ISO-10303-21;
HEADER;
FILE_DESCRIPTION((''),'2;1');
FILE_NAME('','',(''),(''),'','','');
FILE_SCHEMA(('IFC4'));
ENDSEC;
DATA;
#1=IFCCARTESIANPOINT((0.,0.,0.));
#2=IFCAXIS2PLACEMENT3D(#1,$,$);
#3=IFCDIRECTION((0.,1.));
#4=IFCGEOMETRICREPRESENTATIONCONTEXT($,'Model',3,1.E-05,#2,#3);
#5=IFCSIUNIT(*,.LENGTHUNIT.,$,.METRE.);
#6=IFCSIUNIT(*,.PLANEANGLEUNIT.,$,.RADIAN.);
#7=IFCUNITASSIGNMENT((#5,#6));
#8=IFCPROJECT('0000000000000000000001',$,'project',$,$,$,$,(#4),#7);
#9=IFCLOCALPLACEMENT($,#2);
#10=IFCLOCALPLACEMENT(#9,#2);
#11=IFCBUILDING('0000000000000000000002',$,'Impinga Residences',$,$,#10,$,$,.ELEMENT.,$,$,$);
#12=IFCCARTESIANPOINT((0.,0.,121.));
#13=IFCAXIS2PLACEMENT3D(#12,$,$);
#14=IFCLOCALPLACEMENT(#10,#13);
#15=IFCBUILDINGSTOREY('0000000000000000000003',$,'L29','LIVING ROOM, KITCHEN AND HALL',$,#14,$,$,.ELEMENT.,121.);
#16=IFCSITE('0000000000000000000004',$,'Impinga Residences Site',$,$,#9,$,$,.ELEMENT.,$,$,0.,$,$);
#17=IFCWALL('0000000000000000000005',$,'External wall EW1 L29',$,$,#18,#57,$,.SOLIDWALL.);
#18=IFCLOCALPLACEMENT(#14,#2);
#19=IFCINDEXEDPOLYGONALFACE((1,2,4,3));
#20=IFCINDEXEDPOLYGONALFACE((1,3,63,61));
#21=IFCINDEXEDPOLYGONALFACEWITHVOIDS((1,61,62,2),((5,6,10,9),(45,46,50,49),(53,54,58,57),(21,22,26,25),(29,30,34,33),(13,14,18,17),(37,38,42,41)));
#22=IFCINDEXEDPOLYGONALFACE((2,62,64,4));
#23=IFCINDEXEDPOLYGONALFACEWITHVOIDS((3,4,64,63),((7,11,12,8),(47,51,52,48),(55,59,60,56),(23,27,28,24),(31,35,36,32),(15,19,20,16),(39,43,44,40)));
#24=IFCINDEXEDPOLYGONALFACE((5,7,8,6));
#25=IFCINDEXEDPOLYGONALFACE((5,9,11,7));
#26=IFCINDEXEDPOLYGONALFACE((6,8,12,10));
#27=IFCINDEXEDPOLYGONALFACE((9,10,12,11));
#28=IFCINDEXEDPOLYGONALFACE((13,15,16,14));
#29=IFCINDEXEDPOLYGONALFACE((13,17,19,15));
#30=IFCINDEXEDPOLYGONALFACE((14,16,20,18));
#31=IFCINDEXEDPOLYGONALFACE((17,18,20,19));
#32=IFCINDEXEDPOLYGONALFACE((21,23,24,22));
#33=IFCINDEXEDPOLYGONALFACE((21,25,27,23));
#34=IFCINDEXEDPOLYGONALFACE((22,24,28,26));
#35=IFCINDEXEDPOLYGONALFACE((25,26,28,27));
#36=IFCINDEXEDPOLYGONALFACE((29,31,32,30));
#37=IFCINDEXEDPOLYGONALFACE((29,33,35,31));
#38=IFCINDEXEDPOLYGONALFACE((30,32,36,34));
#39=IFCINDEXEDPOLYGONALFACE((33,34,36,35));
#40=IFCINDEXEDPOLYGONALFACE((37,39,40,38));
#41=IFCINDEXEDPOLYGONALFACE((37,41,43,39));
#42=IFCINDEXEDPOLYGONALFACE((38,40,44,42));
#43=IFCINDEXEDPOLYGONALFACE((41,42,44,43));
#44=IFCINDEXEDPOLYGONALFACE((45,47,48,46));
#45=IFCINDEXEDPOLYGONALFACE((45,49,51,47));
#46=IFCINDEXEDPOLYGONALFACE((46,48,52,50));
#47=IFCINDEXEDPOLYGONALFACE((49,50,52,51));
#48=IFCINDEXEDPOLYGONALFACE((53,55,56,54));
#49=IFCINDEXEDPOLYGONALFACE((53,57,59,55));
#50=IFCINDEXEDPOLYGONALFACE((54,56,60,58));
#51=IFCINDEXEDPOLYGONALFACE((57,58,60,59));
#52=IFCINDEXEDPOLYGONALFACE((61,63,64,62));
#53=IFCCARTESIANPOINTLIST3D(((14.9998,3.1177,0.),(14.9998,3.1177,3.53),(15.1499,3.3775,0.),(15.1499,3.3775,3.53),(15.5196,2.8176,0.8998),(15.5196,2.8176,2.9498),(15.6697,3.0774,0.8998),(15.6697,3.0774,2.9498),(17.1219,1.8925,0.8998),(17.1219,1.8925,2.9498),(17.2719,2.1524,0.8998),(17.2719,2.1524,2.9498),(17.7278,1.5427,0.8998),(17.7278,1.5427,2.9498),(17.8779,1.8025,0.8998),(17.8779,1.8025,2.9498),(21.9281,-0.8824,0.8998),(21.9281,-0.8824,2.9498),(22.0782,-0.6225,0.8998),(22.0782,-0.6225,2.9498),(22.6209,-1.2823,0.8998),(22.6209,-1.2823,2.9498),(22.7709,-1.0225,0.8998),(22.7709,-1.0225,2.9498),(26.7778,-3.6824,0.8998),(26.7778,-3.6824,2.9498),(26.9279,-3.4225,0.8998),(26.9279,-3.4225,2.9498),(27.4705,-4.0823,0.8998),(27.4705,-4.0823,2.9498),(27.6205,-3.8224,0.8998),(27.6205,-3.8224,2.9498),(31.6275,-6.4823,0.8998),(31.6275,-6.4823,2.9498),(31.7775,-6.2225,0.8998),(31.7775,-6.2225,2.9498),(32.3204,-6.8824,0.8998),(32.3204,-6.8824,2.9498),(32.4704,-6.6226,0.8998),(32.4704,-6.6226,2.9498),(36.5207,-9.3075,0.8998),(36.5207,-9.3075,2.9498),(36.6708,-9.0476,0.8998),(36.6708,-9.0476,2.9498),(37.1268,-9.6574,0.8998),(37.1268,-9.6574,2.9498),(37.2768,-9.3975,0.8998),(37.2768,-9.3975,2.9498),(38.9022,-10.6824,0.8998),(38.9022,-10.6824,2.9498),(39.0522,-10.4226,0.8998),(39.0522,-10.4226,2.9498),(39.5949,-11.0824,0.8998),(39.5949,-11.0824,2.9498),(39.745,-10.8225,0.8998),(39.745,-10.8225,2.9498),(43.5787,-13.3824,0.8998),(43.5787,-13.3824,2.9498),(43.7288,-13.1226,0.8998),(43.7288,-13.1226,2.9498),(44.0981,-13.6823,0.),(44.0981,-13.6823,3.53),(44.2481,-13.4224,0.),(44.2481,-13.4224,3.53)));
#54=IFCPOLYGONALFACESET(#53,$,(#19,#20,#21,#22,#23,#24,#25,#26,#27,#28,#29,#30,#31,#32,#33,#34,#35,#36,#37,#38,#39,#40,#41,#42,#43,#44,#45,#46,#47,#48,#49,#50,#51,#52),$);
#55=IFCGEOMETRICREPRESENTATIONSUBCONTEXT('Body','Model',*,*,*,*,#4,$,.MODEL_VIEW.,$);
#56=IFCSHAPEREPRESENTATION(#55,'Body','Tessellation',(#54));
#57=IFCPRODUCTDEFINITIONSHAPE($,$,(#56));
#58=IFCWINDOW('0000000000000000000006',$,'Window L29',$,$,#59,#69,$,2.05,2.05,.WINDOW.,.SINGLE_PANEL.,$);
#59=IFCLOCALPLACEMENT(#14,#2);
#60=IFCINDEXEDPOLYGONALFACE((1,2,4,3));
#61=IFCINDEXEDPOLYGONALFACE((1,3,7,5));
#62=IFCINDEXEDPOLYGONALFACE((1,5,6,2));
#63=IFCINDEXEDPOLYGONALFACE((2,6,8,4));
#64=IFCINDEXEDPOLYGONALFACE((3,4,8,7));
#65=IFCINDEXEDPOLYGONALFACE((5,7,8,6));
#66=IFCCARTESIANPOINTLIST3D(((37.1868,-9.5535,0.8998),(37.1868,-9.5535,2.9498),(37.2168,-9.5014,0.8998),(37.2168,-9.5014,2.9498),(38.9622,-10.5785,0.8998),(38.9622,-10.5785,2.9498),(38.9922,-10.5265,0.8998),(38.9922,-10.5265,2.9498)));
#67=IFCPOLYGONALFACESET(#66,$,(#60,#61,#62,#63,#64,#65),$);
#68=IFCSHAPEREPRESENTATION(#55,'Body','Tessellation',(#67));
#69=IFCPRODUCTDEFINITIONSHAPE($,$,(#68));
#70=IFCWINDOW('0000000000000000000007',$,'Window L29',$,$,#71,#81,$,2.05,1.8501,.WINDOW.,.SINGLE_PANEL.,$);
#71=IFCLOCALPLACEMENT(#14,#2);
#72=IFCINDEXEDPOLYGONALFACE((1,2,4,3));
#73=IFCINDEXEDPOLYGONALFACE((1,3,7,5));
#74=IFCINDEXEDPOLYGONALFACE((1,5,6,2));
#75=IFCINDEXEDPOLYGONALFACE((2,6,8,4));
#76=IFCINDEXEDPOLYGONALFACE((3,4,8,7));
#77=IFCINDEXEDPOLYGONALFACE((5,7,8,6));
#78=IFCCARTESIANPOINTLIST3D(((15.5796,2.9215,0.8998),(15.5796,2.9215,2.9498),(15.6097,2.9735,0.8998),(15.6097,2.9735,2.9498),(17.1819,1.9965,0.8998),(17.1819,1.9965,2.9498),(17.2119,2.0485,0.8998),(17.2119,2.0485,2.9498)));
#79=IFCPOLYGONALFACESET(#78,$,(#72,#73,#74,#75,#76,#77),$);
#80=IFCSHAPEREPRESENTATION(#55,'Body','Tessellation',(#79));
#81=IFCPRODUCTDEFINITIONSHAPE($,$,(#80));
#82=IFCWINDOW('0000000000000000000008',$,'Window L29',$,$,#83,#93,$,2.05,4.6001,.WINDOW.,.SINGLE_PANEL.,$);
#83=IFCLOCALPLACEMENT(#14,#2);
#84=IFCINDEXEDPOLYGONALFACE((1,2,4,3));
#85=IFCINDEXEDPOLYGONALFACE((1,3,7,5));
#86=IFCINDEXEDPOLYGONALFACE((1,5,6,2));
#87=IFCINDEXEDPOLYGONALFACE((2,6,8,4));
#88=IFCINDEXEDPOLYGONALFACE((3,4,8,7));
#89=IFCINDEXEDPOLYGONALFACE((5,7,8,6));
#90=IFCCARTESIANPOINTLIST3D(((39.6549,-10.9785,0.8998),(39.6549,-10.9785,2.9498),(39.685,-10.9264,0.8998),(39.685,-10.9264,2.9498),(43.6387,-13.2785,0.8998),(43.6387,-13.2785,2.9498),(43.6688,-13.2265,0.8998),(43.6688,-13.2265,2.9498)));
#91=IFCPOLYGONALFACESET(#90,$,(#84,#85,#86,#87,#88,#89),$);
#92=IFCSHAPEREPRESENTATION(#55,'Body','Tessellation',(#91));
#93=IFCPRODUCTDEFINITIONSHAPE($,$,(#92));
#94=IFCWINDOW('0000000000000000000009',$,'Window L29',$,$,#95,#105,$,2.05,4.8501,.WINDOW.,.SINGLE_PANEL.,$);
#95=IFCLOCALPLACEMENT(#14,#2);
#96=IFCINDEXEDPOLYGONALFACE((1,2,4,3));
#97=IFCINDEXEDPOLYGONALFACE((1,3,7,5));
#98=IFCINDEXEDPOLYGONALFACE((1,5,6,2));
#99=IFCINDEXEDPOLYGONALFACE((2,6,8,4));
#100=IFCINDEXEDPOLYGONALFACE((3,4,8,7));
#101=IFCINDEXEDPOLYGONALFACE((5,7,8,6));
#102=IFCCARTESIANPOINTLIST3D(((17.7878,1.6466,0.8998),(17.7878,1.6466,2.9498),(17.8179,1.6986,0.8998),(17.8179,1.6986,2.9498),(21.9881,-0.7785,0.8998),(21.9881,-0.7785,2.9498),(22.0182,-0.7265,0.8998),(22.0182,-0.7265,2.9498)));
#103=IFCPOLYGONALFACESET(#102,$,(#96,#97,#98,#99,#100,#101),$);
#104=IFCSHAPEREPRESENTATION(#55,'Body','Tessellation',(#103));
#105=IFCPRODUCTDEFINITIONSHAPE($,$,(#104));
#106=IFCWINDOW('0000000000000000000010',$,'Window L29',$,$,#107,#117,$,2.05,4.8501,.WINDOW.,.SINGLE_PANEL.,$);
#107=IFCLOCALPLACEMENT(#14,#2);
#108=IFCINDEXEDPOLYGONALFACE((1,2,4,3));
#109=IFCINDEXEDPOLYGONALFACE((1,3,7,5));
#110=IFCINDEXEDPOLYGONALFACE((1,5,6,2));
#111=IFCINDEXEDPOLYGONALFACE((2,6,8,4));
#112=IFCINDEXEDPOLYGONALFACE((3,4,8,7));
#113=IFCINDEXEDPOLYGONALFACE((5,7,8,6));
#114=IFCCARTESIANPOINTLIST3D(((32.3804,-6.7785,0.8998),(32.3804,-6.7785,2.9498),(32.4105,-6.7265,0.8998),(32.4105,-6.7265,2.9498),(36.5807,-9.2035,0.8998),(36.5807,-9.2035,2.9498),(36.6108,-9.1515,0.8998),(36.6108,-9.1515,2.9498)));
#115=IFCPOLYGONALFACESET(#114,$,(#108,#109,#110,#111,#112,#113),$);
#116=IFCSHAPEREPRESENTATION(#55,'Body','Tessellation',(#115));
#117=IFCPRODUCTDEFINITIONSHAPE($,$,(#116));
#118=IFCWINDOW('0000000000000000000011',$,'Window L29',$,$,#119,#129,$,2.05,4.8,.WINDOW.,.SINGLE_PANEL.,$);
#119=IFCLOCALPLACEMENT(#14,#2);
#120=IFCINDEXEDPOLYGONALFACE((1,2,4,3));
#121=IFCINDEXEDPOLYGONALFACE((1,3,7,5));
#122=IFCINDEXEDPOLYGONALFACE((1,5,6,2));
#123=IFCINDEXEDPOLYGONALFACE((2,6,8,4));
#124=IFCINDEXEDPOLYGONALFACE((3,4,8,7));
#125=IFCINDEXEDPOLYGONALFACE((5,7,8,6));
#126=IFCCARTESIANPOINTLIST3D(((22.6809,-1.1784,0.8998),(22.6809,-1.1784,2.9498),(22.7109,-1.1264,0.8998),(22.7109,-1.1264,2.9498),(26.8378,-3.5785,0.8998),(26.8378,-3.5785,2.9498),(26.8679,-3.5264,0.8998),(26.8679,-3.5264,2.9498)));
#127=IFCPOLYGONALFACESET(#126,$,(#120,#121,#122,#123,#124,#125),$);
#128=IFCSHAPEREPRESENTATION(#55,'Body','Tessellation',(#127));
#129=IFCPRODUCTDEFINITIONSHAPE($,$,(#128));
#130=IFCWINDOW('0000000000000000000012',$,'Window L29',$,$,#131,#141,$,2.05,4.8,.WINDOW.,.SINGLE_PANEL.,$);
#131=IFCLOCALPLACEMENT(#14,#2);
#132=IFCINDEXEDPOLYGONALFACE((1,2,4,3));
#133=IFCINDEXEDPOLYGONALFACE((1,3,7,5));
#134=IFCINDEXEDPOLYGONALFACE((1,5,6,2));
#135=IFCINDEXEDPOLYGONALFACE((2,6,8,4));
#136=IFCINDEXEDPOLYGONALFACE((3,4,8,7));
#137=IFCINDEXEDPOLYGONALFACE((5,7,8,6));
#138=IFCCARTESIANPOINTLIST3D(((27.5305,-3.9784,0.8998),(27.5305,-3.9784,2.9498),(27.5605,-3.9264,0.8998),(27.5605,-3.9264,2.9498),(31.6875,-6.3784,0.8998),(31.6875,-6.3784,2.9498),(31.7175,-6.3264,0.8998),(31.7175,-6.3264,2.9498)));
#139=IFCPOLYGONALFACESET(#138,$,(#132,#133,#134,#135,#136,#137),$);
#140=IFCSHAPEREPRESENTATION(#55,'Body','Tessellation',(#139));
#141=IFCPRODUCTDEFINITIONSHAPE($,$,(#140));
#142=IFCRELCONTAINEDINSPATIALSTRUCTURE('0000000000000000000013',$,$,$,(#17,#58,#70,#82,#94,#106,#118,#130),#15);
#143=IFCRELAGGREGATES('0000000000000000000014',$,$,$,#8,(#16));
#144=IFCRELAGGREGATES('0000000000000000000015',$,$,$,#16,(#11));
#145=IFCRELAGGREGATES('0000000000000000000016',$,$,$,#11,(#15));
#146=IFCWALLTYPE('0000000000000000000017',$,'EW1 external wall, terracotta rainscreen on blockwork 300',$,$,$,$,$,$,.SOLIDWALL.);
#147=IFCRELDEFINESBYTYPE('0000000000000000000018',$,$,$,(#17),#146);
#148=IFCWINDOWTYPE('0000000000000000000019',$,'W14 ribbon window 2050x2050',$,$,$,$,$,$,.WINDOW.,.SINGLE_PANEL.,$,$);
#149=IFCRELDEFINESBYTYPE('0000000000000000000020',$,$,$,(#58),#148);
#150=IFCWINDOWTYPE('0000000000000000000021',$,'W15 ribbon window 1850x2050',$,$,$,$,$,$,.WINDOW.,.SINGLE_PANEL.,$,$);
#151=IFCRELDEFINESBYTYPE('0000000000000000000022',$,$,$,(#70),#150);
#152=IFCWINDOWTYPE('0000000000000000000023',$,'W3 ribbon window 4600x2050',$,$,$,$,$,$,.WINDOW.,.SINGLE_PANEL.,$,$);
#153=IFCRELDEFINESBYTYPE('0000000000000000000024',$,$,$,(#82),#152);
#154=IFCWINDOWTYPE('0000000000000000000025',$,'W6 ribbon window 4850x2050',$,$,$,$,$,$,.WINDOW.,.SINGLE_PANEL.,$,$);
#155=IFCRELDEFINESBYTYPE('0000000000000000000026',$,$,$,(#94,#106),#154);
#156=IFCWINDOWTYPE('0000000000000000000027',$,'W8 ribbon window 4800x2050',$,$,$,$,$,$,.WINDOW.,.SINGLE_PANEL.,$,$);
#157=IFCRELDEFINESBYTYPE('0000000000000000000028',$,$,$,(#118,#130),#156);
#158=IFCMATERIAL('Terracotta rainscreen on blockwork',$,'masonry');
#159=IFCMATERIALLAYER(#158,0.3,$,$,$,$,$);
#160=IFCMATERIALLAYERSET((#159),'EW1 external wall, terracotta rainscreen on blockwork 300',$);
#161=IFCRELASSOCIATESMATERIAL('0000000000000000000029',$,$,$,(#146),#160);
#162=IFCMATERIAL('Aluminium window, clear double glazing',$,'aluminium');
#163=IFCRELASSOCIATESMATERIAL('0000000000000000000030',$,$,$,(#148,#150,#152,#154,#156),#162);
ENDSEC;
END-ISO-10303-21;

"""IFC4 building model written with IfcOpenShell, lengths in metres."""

from ifc_helpers import new_model, si_unit, direction, frame, frame_2d, origin, place, context, subcontext, project, spatial, rectangle, extrude, material, layer, layer_set, type_object, element, fill, save


model = new_model("IFC4")

# Units and contexts
model_context = context("Model", 3, precision=1e-05, world=origin(), true_north=direction((0.0, 1.0)))
body_context = subcontext(model_context, "Body", "Model", "MODEL_VIEW")
ifc_project = project(units=[si_unit("LENGTHUNIT", "METRE"), si_unit("PLANEANGLEUNIT", "RADIAN")], contexts=[model_context])

# Site, building, storey
site_placement = place(None, origin())
site = spatial("IfcSite", under=ifc_project, at=site_placement, Name="Impinga Residences Site", CompositionType="ELEMENT", RefElevation=0.0)
building_placement = place(site_placement, origin())
building = spatial("IfcBuilding", under=site, at=building_placement, Name="Impinga Residences", CompositionType="ELEMENT")
storey_placement = place(building_placement, frame((0.0, 0.0, 121.0)))
storey = spatial("IfcBuildingStorey", under=building, at=storey_placement, Name="L29", Description="LIVING ROOM, KITCHEN AND HALL", CompositionType="ELEMENT", Elevation=121.0)

# Shared definitions
ifc_material_1 = material(Name="Terracotta rainscreen on blockwork", Category="masonry")
ifc_layer_1 = layer(ifc_material_1, 0.3)
ifc_layer_set_1 = layer_set([ifc_layer_1], Name="EW1 external wall, terracotta rainscreen on blockwork 300")
wall_type_1 = type_object("IfcWallType", Name="EW1 external wall, terracotta rainscreen on blockwork 300", PredefinedType="SOLIDWALL", material=ifc_layer_set_1)

# Wall, openings, windows
wall_1_placement = place(storey_placement, frame((15.075, 3.2476, 0.0), z_axis=(0.0, 0.0, 1.0), x_axis=(0.866024, -0.500002, 0.0)))
wall_1 = element("IfcWall", 1, at=wall_1_placement, inside=storey, type_object=wall_type_1, Name="External wall EW1 L29", PredefinedType="SOLIDWALL", context=body_context, shape_type="SweptSolid", body=[
    extrude(rectangle(XDim=33.5999, YDim=0.3, at=frame_2d((16.7998, 0.0))), origin(), (0.0, 0.0, 1.0), 3.53),
])
opening_1_placement = place(wall_1_placement, frame((0.6001, 0.0, 0.8999)))
opening_1 = element("IfcOpeningElement", 2, at=opening_1_placement, cuts=wall_1, PredefinedType="OPENING", context=body_context, shape_type="SweptSolid", body=[
    extrude(rectangle(XDim=1.8501, YDim=2.05, at=frame_2d((0.925, 1.0249))), frame((0.0, 0.1599, 0.0), z_axis=(0.0, -1.0, 0.0), x_axis=(1.0, 0.0, 0.0)), (0.0, 0.0, 1.0), 0.3201),
])
opening_2_placement = place(wall_1_placement, frame((3.1499, 0.0, 0.8999)))
opening_2 = element("IfcOpeningElement", 3, at=opening_2_placement, cuts=wall_1, PredefinedType="OPENING", context=body_context, shape_type="SweptSolid", body=[
    extrude(rectangle(XDim=4.8501, YDim=2.05, at=frame_2d((2.425, 1.0249))), frame((0.0, 0.1599, 0.0), z_axis=(0.0, -1.0, 0.0), x_axis=(1.0, 0.0, 0.0)), (0.0, 0.0, 1.0), 0.3201),
])
opening_3_placement = place(wall_1_placement, frame((8.8, 0.0, 0.8999)))
opening_3 = element("IfcOpeningElement", 4, at=opening_3_placement, cuts=wall_1, PredefinedType="OPENING", context=body_context, shape_type="SweptSolid", body=[
    extrude(rectangle(XDim=4.8, YDim=2.05, at=frame_2d((2.3999, 1.0249))), frame((0.0, 0.1599, 0.0), z_axis=(0.0, -1.0, 0.0), x_axis=(1.0, 0.0, 0.0)), (0.0, 0.0, 1.0), 0.3201),
])
opening_4_placement = place(wall_1_placement, frame((14.3999, 0.0, 0.8999)))
opening_4 = element("IfcOpeningElement", 5, at=opening_4_placement, cuts=wall_1, PredefinedType="OPENING", context=body_context, shape_type="SweptSolid", body=[
    extrude(rectangle(XDim=4.8, YDim=2.05, at=frame_2d((2.3999, 1.0249))), frame((0.0, 0.1599, 0.0), z_axis=(0.0, -1.0, 0.0), x_axis=(1.0, 0.0, 0.0)), (0.0, 0.0, 1.0), 0.3201),
])
opening_5_placement = place(wall_1_placement, frame((20.0, 0.0, 0.8999)))
opening_5 = element("IfcOpeningElement", 6, at=opening_5_placement, cuts=wall_1, PredefinedType="OPENING", context=body_context, shape_type="SweptSolid", body=[
    extrude(rectangle(XDim=4.8501, YDim=2.05, at=frame_2d((2.425, 1.0249))), frame((0.0, 0.1599, 0.0), z_axis=(0.0, -1.0, 0.0), x_axis=(1.0, 0.0, 0.0)), (0.0, 0.0, 1.0), 0.3201),
])
opening_6_placement = place(wall_1_placement, frame((25.55, 0.0, 0.8999)))
opening_6 = element("IfcOpeningElement", 7, at=opening_6_placement, cuts=wall_1, PredefinedType="OPENING", context=body_context, shape_type="SweptSolid", body=[
    extrude(rectangle(XDim=2.05, YDim=2.05, at=frame_2d((1.0249, 1.0249))), frame((0.0, 0.1599, 0.0), z_axis=(0.0, -1.0, 0.0), x_axis=(1.0, 0.0, 0.0)), (0.0, 0.0, 1.0), 0.3201),
])
opening_7_placement = place(wall_1_placement, frame((28.3999, 0.0, 0.8999)))
opening_7 = element("IfcOpeningElement", 8, at=opening_7_placement, cuts=wall_1, PredefinedType="OPENING", context=body_context, shape_type="SweptSolid", body=[
    extrude(rectangle(XDim=4.6001, YDim=2.05, at=frame_2d((2.3, 1.0249))), frame((0.0, 0.1599, 0.0), z_axis=(0.0, -1.0, 0.0), x_axis=(1.0, 0.0, 0.0)), (0.0, 0.0, 1.0), 0.3201),
])
ifc_material_2 = material(Name="Aluminium window, clear double glazing", Category="aluminium")
window_type_1 = type_object("IfcWindowType", Name="W14 ribbon window 2050x2050", PartitioningType="SINGLE_PANEL", PredefinedType="WINDOW", material=ifc_material_2)
window_1_placement = place(opening_6_placement, origin())
window_1 = element("IfcWindow", 9, at=window_1_placement, inside=storey, type_object=window_type_1, Name="Window L29", OverallHeight=2.05, OverallWidth=2.05, PartitioningType="SINGLE_PANEL", PredefinedType="WINDOW", context=body_context, shape_type="SweptSolid", body=[
    extrude(rectangle(XDim=2.05, YDim=2.05, at=frame_2d((1.0249, 1.0249))), frame((0.0, 0.03, 0.0), z_axis=(0.0, -1.0, 0.0), x_axis=(1.0, 0.0, 0.0)), (0.0, 0.0, 1.0), 0.0601),
])
fill(opening_6, window_1)
window_type_2 = type_object("IfcWindowType", Name="W15 ribbon window 1850x2050", PartitioningType="SINGLE_PANEL", PredefinedType="WINDOW", material=ifc_material_2)
window_2_placement = place(opening_1_placement, origin())
window_2 = element("IfcWindow", 10, at=window_2_placement, inside=storey, type_object=window_type_2, Name="Window L29", OverallHeight=2.05, OverallWidth=1.8501, PartitioningType="SINGLE_PANEL", PredefinedType="WINDOW", context=body_context, shape_type="SweptSolid", body=[
    extrude(rectangle(XDim=1.8501, YDim=2.05, at=frame_2d((0.925, 1.0249))), frame((0.0, 0.03, 0.0), z_axis=(0.0, -1.0, 0.0), x_axis=(1.0, 0.0, 0.0)), (0.0, 0.0, 1.0), 0.0601),
])
fill(opening_1, window_2)
window_type_3 = type_object("IfcWindowType", Name="W3 ribbon window 4600x2050", PartitioningType="SINGLE_PANEL", PredefinedType="WINDOW", material=ifc_material_2)
window_3_placement = place(opening_7_placement, origin())
window_3 = element("IfcWindow", 11, at=window_3_placement, inside=storey, type_object=window_type_3, Name="Window L29", OverallHeight=2.05, OverallWidth=4.6001, PartitioningType="SINGLE_PANEL", PredefinedType="WINDOW", context=body_context, shape_type="SweptSolid", body=[
    extrude(rectangle(XDim=4.6001, YDim=2.05, at=frame_2d((2.3, 1.0249))), frame((0.0, 0.03, 0.0), z_axis=(0.0, -1.0, 0.0), x_axis=(1.0, 0.0, 0.0)), (0.0, 0.0, 1.0), 0.0601),
])
fill(opening_7, window_3)
window_type_4 = type_object("IfcWindowType", Name="W6 ribbon window 4850x2050", PartitioningType="SINGLE_PANEL", PredefinedType="WINDOW", material=ifc_material_2)
window_4_placement = place(opening_2_placement, origin())
window_4 = element("IfcWindow", 12, at=window_4_placement, inside=storey, type_object=window_type_4, Name="Window L29", OverallHeight=2.05, OverallWidth=4.8501, PartitioningType="SINGLE_PANEL", PredefinedType="WINDOW", context=body_context, shape_type="SweptSolid", body=[
    extrude(rectangle(XDim=4.8501, YDim=2.05, at=frame_2d((2.425, 1.0249))), frame((0.0, 0.03, 0.0), z_axis=(0.0, -1.0, 0.0), x_axis=(1.0, 0.0, 0.0)), (0.0, 0.0, 1.0), 0.0601),
])
fill(opening_2, window_4)
window_5_placement = place(opening_5_placement, origin())
window_5 = element("IfcWindow", 13, at=window_5_placement, inside=storey, type_object=window_type_4, Name="Window L29", OverallHeight=2.05, OverallWidth=4.8501, PartitioningType="SINGLE_PANEL", PredefinedType="WINDOW", context=body_context, shape_type="SweptSolid", body=[
    extrude(rectangle(XDim=4.8501, YDim=2.05, at=frame_2d((2.425, 1.0249))), frame((0.0, 0.03, 0.0), z_axis=(0.0, -1.0, 0.0), x_axis=(1.0, 0.0, 0.0)), (0.0, 0.0, 1.0), 0.0601),
])
fill(opening_5, window_5)
window_type_5 = type_object("IfcWindowType", Name="W8 ribbon window 4800x2050", PartitioningType="SINGLE_PANEL", PredefinedType="WINDOW", material=ifc_material_2)
window_6_placement = place(opening_3_placement, origin())
window_6 = element("IfcWindow", 14, at=window_6_placement, inside=storey, type_object=window_type_5, Name="Window L29", OverallHeight=2.05, OverallWidth=4.8, PartitioningType="SINGLE_PANEL", PredefinedType="WINDOW", context=body_context, shape_type="SweptSolid", body=[
    extrude(rectangle(XDim=4.8, YDim=2.05, at=frame_2d((2.3999, 1.0249))), frame((0.0, 0.03, 0.0), z_axis=(0.0, -1.0, 0.0), x_axis=(1.0, 0.0, 0.0)), (0.0, 0.0, 1.0), 0.0601),
])
fill(opening_3, window_6)
window_7_placement = place(opening_4_placement, origin())
window_7 = element("IfcWindow", 15, at=window_7_placement, inside=storey, type_object=window_type_5, Name="Window L29", OverallHeight=2.05, OverallWidth=4.8, PartitioningType="SINGLE_PANEL", PredefinedType="WINDOW", context=body_context, shape_type="SweptSolid", body=[
    extrude(rectangle(XDim=4.8, YDim=2.05, at=frame_2d((2.3999, 1.0249))), frame((0.0, 0.03, 0.0), z_axis=(0.0, -1.0, 0.0), x_axis=(1.0, 0.0, 0.0)), (0.0, 0.0, 1.0), 0.0601),
])
fill(opening_4, window_7)

save(model, "model.ifc")
